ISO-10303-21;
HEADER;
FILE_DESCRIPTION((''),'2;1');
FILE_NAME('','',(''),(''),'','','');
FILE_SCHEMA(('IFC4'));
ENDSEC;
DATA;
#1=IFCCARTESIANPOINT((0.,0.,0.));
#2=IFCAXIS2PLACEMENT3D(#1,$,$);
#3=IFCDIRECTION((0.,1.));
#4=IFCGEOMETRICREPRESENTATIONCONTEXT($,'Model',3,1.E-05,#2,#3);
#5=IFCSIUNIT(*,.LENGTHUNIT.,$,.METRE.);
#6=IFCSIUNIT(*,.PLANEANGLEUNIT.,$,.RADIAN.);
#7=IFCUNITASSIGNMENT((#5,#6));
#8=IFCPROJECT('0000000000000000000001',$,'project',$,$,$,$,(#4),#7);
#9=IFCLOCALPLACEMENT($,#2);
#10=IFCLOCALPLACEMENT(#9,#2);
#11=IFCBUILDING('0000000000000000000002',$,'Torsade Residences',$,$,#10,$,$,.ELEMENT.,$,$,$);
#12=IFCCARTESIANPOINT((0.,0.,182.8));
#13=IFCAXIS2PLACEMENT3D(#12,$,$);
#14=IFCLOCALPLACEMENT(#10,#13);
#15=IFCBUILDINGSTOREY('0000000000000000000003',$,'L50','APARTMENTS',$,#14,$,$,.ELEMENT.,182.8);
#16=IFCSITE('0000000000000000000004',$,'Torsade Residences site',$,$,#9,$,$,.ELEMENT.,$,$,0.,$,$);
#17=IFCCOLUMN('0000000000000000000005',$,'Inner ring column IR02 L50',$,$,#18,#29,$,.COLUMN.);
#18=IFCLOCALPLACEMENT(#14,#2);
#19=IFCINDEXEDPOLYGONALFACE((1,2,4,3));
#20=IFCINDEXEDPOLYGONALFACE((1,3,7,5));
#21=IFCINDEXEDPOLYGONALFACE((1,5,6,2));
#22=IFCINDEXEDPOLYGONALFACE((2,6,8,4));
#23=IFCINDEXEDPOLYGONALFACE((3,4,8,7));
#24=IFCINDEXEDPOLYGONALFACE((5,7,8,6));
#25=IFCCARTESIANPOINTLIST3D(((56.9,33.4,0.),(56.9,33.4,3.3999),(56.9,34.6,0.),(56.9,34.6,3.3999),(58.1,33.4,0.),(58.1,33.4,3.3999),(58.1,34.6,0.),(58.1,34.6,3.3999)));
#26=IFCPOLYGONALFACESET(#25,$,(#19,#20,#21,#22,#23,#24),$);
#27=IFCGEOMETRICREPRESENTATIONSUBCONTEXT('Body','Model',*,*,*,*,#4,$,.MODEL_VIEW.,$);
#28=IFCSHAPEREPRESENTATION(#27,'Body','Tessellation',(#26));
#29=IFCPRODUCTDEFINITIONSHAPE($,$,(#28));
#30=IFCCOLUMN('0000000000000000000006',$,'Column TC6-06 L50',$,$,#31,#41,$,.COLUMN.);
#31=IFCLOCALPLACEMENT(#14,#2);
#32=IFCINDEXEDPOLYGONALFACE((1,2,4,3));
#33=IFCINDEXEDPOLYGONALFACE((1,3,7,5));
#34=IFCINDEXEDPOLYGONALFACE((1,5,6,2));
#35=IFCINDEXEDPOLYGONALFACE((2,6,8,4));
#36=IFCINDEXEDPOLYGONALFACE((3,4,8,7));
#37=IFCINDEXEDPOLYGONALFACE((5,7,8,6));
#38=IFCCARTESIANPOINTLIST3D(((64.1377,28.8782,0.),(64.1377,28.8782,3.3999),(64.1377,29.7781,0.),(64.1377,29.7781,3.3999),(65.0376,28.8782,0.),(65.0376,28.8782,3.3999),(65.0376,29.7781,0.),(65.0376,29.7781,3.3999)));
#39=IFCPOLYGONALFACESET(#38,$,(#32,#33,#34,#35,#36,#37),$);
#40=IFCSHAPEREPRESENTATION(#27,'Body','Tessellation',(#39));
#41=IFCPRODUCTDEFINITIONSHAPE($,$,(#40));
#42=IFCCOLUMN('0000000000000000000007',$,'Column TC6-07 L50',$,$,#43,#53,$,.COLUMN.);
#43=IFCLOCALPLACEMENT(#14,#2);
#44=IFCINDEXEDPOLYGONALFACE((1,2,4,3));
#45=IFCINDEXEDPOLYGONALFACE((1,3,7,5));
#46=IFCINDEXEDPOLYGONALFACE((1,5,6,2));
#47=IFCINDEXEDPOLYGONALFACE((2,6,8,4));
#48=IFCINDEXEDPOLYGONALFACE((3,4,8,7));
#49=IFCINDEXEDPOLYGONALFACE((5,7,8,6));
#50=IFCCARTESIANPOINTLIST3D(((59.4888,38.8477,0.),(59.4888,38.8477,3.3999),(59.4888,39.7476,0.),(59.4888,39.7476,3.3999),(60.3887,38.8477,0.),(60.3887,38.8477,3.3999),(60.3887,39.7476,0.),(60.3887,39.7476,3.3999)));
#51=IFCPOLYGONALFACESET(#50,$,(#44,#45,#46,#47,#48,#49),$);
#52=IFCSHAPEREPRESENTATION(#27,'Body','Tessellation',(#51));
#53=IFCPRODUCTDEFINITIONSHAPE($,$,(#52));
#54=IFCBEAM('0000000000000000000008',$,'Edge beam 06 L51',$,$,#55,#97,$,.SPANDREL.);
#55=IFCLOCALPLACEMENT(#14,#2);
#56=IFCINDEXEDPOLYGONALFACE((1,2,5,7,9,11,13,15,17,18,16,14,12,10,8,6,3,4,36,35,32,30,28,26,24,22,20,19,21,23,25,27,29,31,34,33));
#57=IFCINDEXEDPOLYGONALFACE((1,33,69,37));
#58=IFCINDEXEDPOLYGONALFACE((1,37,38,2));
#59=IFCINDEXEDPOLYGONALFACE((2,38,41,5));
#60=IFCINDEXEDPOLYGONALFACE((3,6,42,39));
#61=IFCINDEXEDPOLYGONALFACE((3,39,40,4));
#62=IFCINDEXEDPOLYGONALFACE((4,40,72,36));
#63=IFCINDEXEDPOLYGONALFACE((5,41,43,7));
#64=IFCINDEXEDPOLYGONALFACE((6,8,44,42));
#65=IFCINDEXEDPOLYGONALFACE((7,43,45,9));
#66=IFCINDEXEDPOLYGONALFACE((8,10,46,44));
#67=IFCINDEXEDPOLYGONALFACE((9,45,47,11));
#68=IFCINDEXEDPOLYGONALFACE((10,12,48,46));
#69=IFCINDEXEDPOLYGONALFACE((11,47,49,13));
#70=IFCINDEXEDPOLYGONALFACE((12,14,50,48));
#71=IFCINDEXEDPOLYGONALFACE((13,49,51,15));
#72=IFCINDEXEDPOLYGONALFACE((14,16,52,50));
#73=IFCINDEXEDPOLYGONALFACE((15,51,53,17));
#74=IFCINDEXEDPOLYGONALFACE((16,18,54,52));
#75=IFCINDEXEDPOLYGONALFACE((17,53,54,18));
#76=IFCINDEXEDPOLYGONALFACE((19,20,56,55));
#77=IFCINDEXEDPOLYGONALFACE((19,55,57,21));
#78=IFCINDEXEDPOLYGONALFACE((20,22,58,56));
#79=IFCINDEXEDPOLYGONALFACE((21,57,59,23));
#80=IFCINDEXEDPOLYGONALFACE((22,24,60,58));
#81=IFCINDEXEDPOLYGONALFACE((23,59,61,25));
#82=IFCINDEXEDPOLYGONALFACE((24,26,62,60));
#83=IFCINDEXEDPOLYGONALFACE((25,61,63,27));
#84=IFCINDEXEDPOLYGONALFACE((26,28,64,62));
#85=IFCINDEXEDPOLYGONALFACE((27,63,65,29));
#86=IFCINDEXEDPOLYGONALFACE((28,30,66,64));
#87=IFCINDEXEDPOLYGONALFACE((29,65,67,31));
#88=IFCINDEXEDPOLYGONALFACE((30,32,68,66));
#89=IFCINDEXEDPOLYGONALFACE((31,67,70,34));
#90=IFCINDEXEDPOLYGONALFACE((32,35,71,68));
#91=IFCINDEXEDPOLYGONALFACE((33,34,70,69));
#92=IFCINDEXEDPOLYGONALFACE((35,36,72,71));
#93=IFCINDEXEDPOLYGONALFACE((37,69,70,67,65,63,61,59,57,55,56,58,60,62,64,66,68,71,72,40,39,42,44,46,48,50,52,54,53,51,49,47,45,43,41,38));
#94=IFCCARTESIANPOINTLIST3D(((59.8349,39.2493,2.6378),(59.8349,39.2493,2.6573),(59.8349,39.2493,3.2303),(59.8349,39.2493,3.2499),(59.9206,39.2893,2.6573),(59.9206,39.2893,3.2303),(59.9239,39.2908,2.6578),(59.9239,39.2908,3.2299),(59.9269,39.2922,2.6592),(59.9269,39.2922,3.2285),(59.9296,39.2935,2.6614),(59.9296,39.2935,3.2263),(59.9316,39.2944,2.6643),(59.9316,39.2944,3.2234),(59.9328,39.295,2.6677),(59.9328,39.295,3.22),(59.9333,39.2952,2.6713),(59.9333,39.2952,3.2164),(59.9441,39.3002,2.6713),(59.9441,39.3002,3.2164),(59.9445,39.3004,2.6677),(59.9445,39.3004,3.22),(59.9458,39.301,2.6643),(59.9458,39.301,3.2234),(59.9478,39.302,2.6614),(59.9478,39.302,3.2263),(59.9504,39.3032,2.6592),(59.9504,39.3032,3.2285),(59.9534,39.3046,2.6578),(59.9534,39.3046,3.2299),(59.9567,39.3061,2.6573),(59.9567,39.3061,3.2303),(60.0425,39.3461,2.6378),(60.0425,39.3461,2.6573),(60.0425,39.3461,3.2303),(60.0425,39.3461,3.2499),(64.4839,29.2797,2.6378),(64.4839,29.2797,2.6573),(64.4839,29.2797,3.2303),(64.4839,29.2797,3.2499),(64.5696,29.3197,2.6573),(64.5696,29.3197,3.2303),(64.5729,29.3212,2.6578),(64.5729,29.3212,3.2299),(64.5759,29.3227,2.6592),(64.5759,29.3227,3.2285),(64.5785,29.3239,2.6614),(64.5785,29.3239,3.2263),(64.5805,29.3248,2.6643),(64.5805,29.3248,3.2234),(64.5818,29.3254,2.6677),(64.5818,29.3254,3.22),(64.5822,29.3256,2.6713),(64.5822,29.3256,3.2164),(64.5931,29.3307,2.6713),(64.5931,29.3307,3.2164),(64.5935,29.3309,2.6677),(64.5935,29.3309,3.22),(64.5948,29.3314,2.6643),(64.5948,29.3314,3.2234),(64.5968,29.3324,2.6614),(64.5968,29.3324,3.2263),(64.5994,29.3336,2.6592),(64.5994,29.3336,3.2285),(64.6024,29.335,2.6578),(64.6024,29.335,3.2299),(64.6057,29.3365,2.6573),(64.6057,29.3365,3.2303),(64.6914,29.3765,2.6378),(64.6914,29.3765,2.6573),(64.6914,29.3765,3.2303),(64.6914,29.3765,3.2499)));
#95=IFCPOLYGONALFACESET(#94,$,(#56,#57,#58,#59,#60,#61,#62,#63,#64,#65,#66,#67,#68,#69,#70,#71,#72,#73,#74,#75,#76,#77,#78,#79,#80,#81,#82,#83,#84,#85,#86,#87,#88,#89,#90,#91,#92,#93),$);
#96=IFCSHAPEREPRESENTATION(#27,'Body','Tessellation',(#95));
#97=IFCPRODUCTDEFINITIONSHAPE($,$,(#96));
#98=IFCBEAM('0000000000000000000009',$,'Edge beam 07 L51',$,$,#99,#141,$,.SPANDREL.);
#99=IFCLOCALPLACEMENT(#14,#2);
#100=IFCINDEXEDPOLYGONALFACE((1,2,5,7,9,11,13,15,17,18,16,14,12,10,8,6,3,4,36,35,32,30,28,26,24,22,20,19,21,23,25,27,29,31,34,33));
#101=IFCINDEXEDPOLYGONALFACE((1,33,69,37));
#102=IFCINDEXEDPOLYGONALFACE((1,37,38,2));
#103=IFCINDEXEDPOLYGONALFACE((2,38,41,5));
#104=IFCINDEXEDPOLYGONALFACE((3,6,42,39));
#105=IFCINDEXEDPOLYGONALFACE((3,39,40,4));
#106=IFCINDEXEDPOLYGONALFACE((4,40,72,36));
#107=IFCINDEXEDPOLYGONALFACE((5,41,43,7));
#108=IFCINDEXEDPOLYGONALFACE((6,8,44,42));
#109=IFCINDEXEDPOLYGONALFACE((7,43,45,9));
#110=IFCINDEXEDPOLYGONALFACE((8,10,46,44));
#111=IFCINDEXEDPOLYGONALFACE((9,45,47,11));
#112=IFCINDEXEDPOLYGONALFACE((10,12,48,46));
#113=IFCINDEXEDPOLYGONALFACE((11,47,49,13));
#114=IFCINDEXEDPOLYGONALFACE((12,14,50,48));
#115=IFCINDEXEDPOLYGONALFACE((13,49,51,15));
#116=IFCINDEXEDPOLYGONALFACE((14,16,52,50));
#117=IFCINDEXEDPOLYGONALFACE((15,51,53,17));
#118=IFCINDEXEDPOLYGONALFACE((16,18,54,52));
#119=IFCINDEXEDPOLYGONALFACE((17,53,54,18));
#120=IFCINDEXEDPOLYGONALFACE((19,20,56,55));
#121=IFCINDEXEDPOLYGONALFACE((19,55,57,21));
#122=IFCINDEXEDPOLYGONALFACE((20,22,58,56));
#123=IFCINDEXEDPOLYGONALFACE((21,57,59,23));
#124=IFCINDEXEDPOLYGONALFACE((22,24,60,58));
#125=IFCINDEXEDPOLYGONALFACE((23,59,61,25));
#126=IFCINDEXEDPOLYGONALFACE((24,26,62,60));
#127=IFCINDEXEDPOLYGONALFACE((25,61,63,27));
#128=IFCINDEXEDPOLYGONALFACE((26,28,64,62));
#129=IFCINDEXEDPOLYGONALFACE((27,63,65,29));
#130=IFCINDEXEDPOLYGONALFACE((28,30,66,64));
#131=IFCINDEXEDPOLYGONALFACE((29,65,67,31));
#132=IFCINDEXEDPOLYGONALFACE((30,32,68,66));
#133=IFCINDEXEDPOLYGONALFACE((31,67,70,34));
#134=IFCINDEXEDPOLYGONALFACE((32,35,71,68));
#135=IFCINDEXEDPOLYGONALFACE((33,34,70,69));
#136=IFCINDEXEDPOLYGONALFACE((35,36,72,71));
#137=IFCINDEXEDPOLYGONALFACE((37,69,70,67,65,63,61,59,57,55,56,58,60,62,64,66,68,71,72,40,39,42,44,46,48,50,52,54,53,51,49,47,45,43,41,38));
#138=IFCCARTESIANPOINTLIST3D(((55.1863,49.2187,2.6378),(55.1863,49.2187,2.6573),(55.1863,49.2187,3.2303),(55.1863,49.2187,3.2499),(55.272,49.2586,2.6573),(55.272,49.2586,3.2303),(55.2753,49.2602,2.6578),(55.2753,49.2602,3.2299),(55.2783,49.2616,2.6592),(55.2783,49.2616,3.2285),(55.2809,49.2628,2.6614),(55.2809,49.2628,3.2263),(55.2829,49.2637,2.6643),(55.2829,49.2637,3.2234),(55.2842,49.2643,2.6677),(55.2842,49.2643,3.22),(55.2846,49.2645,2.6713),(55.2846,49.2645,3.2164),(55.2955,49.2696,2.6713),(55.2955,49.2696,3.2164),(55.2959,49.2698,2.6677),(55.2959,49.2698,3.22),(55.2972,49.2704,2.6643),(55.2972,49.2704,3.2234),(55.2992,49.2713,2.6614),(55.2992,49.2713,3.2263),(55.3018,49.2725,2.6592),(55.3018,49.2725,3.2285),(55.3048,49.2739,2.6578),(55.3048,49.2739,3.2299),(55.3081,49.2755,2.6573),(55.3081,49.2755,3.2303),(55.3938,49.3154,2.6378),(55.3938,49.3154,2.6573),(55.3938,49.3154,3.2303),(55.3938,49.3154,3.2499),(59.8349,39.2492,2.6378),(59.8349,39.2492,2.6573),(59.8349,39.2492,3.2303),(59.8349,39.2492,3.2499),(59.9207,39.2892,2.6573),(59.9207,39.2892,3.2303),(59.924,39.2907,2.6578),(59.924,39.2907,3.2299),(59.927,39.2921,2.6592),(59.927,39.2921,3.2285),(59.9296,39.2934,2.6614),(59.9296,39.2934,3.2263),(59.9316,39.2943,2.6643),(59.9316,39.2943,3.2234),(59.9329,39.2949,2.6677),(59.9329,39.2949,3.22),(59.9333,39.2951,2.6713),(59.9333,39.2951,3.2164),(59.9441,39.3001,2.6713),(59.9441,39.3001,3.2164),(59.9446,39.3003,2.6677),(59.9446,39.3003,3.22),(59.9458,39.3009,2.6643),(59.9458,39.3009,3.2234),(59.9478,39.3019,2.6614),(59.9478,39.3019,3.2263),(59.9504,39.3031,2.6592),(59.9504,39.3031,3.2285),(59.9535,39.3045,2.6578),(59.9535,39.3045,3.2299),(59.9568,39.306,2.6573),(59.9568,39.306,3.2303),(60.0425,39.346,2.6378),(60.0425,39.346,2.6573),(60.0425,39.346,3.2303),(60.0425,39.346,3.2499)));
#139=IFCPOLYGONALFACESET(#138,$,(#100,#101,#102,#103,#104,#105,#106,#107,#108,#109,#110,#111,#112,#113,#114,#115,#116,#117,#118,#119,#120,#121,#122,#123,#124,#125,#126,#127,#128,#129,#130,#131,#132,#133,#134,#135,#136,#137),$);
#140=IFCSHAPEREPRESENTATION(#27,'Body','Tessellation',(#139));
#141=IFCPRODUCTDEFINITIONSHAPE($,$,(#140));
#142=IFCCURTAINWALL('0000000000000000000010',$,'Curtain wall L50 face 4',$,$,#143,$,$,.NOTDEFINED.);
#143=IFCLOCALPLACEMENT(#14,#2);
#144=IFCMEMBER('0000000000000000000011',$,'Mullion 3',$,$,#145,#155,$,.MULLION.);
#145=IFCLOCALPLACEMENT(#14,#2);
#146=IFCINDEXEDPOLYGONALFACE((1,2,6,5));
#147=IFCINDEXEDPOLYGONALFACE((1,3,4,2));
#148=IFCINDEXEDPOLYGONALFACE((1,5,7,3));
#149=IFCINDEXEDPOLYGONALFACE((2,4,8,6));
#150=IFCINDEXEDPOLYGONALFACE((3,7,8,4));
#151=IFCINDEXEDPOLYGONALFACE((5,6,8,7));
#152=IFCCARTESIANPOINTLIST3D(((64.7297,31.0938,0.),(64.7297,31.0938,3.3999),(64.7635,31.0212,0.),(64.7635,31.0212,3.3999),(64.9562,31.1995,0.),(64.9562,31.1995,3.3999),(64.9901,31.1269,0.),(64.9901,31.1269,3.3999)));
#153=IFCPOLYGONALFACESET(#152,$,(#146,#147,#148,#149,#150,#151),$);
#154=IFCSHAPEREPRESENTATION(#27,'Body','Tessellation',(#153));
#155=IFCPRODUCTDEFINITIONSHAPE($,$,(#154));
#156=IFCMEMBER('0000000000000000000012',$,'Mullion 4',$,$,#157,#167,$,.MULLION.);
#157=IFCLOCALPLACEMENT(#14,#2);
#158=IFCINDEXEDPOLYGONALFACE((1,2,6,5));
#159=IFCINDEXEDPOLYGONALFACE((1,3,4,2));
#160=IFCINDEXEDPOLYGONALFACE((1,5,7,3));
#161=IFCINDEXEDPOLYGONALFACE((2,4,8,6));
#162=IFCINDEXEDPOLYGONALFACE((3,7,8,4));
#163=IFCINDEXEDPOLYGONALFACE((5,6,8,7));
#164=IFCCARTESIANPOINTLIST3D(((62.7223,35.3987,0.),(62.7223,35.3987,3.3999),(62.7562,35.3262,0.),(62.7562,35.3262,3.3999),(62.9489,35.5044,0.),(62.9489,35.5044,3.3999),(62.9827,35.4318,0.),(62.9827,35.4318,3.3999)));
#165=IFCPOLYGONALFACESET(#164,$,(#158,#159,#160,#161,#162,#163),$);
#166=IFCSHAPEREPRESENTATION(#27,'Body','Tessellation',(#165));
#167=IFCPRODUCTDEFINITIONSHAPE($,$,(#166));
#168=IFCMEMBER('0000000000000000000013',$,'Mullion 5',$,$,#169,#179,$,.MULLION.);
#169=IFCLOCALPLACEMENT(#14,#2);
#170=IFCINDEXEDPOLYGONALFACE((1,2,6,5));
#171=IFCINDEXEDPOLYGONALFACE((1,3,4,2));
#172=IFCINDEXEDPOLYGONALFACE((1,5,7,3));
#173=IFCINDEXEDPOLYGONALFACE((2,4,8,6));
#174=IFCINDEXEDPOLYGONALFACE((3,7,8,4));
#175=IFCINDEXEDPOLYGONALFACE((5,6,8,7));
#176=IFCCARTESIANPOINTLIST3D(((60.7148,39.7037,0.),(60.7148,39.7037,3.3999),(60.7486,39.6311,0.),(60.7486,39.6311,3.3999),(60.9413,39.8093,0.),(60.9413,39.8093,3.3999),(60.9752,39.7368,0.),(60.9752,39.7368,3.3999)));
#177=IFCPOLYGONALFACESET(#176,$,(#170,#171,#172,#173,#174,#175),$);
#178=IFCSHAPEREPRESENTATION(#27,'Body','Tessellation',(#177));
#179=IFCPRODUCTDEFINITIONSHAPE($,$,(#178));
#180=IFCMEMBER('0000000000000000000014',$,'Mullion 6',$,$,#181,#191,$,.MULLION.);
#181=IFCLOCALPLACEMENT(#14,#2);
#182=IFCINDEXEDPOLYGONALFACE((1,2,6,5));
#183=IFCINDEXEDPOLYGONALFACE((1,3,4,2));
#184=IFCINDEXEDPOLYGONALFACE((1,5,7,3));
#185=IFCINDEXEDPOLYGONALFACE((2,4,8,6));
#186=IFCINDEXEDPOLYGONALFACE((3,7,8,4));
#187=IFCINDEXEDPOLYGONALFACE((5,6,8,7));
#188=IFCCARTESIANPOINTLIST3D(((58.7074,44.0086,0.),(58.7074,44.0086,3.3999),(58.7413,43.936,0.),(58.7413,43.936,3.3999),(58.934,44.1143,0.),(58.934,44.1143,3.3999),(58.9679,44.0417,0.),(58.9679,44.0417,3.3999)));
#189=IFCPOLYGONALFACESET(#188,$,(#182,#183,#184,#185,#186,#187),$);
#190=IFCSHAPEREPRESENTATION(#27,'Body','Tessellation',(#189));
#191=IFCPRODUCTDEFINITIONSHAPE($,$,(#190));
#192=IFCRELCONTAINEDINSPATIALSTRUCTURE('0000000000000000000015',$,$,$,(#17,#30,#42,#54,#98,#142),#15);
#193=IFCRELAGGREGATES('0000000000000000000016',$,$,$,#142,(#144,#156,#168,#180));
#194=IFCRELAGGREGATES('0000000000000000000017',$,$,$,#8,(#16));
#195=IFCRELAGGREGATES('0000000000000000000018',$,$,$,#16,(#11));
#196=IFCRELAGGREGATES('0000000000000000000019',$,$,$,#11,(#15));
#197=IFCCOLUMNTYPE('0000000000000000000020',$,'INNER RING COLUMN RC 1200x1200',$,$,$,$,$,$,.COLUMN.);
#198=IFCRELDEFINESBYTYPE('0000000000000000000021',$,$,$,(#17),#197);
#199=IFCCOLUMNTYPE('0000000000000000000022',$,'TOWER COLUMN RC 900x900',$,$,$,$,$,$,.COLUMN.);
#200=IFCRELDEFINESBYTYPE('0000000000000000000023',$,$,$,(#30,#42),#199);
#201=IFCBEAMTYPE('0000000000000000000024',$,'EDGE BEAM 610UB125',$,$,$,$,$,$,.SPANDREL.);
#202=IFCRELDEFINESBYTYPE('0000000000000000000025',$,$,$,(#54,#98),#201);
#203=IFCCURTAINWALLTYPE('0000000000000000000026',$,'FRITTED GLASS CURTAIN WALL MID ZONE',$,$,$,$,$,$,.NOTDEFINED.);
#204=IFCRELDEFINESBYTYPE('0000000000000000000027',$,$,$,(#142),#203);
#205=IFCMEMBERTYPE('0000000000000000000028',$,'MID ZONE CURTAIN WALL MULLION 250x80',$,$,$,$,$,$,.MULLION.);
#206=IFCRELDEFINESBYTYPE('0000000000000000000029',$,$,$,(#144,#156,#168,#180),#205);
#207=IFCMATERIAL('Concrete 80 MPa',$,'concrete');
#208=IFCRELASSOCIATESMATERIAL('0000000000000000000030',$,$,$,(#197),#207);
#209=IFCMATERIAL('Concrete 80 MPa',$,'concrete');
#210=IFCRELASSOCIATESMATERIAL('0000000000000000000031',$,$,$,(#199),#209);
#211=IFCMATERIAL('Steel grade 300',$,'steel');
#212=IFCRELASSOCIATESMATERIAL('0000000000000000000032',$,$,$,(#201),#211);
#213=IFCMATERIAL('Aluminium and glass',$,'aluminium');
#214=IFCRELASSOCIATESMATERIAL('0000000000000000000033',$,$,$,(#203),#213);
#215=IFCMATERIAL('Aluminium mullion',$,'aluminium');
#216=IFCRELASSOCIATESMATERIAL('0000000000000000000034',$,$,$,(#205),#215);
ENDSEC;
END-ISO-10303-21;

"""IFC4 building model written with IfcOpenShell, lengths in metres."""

from ifc_helpers import new_model, si_unit, direction, frame, origin, origin_2d, place, context, subcontext, project, spatial, rectangle, i_section, extrude, material, material_profile, profile_set, type_object, element, aggregate, save


model = new_model("IFC4")

# Units and contexts
model_context = context("Model", 3, precision=1e-05, world=origin(), true_north=direction((0.0, 1.0)))
body_context = subcontext(model_context, "Body", "Model", "MODEL_VIEW")
ifc_project = project(units=[si_unit("LENGTHUNIT", "METRE"), si_unit("PLANEANGLEUNIT", "RADIAN")], contexts=[model_context])

# Site, building, storey
site_placement = place(None, origin())
site = spatial("IfcSite", under=ifc_project, at=site_placement, Name="Torsade Residences site", CompositionType="ELEMENT", RefElevation=0.0)
building_placement = place(site_placement, origin())
building = spatial("IfcBuilding", under=site, at=building_placement, Name="Torsade Residences", CompositionType="ELEMENT")
storey_placement = place(building_placement, frame((0.0, 0.0, 182.8)))
storey = spatial("IfcBuildingStorey", under=building, at=storey_placement, Name="L50", Description="APARTMENTS", CompositionType="ELEMENT", Elevation=182.8)

# Columns
ifc_material_1 = material(Name="Concrete 80 MPa", Category="concrete")
ifc_material_profile_1 = material_profile(ifc_material_1, rectangle(XDim=1.2, YDim=1.2, at=origin_2d()), Name="RC 1200x1200")
ifc_profile_set_1 = profile_set([ifc_material_profile_1], Name="Concrete 80 MPa")
column_type_1 = type_object("IfcColumnType", Name="INNER RING COLUMN RC 1200x1200", PredefinedType="COLUMN", material=ifc_profile_set_1)
column_placement = place(storey_placement, frame((57.5, 34.0, 0.0), z_axis=(0.0, 0.0, 1.0), x_axis=(1.0, 0.0, 0.0)))
element("IfcColumn", 1, at=column_placement, inside=storey, type_object=column_type_1, Name="Inner ring column IR02 L50", PredefinedType="COLUMN", context=body_context, shape_type="SweptSolid", body=[
    extrude(rectangle(XDim=1.2, YDim=1.2, at=origin_2d()), origin(), (0.0, 0.0, 1.0), 3.3999),
])
ifc_material_2 = material(Name="Concrete 80 MPa", Category="concrete")
ifc_material_profile_2 = material_profile(ifc_material_2, rectangle(XDim=0.8999, YDim=0.8999, at=origin_2d()), Name="RC 900x900")
ifc_profile_set_2 = profile_set([ifc_material_profile_2], Name="Concrete 80 MPa")
column_type_2 = type_object("IfcColumnType", Name="TOWER COLUMN RC 900x900", PredefinedType="COLUMN", material=ifc_profile_set_2)
for number, where, z_axis, x_axis, name in (
    (2, (64.5876, 29.3281, 0.0), (0.0, 0.0, 1.0), (1.0, 0.0, 0.0), "Column TC6-06 L50"),
    (3, (59.9387, 39.2976, 0.0), (0.0, 0.0, 1.0), (1.0, 0.0, 0.0), "Column TC6-07 L50"),
):
    element("IfcColumn", number, at=place(storey_placement, frame(where, z_axis=z_axis, x_axis=x_axis)), inside=storey, type_object=column_type_2, Name=name, PredefinedType="COLUMN", context=body_context, shape_type="SweptSolid", body=[
        extrude(rectangle(XDim=0.8999, YDim=0.8999, at=origin_2d()), origin(), (0.0, 0.0, 1.0), 3.3999),
    ])

# Beams
ifc_material_3 = material(Name="Steel grade 300", Category="steel")
ifc_material_profile_3 = material_profile(ifc_material_3, i_section(OverallWidth=0.229, OverallDepth=0.6121, WebThickness=0.012, FlangeThickness=0.0195, FilletRadius=0.0139, at=origin_2d()), Name="610UB125")
ifc_profile_set_3 = profile_set([ifc_material_profile_3], Name="Steel grade 300")
beam_type_1 = type_object("IfcBeamType", Name="EDGE BEAM 610UB125", PredefinedType="SPANDREL", material=ifc_profile_set_3)
beam_1_placement = place(storey_placement, frame((64.5876, 29.3281, 2.9438), z_axis=(-0.422624, 0.906305, 0.0), x_axis=(-0.906305, -0.422624, 0.0)))
element("IfcBeam", 4, at=beam_1_placement, inside=storey, type_object=beam_type_1, Name="Edge beam 06 L51", PredefinedType="SPANDREL", context=body_context, shape_type="SweptSolid", body=[
    extrude(i_section(OverallWidth=0.229, OverallDepth=0.6121, WebThickness=0.012, FlangeThickness=0.0195, FilletRadius=0.0139, at=origin_2d()), origin(), (0.0, 0.0, 1.0), 11.0002),
])
beam_2_placement = place(storey_placement, frame((59.9387, 39.2976, 2.9438), z_axis=(-0.422606, 0.906314, 0.0), x_axis=(-0.906314, -0.422606, 0.0)))
element("IfcBeam", 5, at=beam_2_placement, inside=storey, type_object=beam_type_1, Name="Edge beam 07 L51", PredefinedType="SPANDREL", context=body_context, shape_type="SweptSolid", body=[
    extrude(i_section(OverallWidth=0.229, OverallDepth=0.6121, WebThickness=0.012, FlangeThickness=0.0195, FilletRadius=0.0139, at=origin_2d()), origin(), (0.0, 0.0, 1.0), 11.0),
])

# Curtain wall, members
ifc_material_4 = material(Name="Aluminium and glass", Category="aluminium")
curtain_wall_type = type_object("IfcCurtainWallType", Name="FRITTED GLASS CURTAIN WALL MID ZONE", PredefinedType="NOTDEFINED", material=ifc_material_4)
curtain_wall_placement = place(storey_placement, origin())
curtain_wall = element("IfcCurtainWall", 6, at=curtain_wall_placement, inside=storey, type_object=curtain_wall_type, Name="Curtain wall L50 face 4", PredefinedType="NOTDEFINED")
ifc_material_5 = material(Name="Aluminium mullion", Category="aluminium")
ifc_material_profile_4 = material_profile(ifc_material_5, rectangle(XDim=0.25, YDim=0.0801, at=origin_2d()), Name="MID ZONE CURTAIN WALL MULLION 250x80")
ifc_profile_set_4 = profile_set([ifc_material_profile_4], Name="Aluminium mullion")
member_type_1 = type_object("IfcMemberType", Name="MID ZONE CURTAIN WALL MULLION 250x80", PredefinedType="MULLION", material=ifc_profile_set_4)
member_1_placement = place(storey_placement, frame((64.8599, 31.1104, 0.0), z_axis=(0.0, 0.0, 1.0), x_axis=(-0.906308, -0.422618, 0.0)))
member_1 = element("IfcMember", 7, at=member_1_placement, type_object=member_type_1, Name="Mullion 3", PredefinedType="MULLION", context=body_context, shape_type="SweptSolid", body=[
    extrude(rectangle(XDim=0.25, YDim=0.0801, at=origin_2d()), origin(), (0.0, 0.0, 1.0), 3.3999),
])
member_2_placement = place(storey_placement, frame((62.8525, 35.4153, 0.0), z_axis=(0.0, 0.0, 1.0), x_axis=(-0.906308, -0.422618, 0.0)))
member_2 = element("IfcMember", 8, at=member_2_placement, type_object=member_type_1, Name="Mullion 4", PredefinedType="MULLION", context=body_context, shape_type="SweptSolid", body=[
    extrude(rectangle(XDim=0.25, YDim=0.0801, at=origin_2d()), origin(), (0.0, 0.0, 1.0), 3.3999),
])
member_3_placement = place(storey_placement, frame((60.845, 39.7202, 0.0), z_axis=(0.0, 0.0, 1.0), x_axis=(-0.906308, -0.422618, 0.0)))
member_3 = element("IfcMember", 9, at=member_3_placement, type_object=member_type_1, Name="Mullion 5", PredefinedType="MULLION", context=body_context, shape_type="SweptSolid", body=[
    extrude(rectangle(XDim=0.25, YDim=0.0801, at=origin_2d()), origin(), (0.0, 0.0, 1.0), 3.3999),
])
member_4_placement = place(storey_placement, frame((58.8376, 44.0251, 0.0), z_axis=(0.0, 0.0, 1.0), x_axis=(-0.906308, -0.422618, 0.0)))
member_4 = element("IfcMember", 10, at=member_4_placement, type_object=member_type_1, Name="Mullion 6", PredefinedType="MULLION", context=body_context, shape_type="SweptSolid", body=[
    extrude(rectangle(XDim=0.25, YDim=0.0801, at=origin_2d()), origin(), (0.0, 0.0, 1.0), 3.3999),
])

aggregate(curtain_wall, [member_1, member_2, member_3, member_4])

save(model, "model.ifc")
